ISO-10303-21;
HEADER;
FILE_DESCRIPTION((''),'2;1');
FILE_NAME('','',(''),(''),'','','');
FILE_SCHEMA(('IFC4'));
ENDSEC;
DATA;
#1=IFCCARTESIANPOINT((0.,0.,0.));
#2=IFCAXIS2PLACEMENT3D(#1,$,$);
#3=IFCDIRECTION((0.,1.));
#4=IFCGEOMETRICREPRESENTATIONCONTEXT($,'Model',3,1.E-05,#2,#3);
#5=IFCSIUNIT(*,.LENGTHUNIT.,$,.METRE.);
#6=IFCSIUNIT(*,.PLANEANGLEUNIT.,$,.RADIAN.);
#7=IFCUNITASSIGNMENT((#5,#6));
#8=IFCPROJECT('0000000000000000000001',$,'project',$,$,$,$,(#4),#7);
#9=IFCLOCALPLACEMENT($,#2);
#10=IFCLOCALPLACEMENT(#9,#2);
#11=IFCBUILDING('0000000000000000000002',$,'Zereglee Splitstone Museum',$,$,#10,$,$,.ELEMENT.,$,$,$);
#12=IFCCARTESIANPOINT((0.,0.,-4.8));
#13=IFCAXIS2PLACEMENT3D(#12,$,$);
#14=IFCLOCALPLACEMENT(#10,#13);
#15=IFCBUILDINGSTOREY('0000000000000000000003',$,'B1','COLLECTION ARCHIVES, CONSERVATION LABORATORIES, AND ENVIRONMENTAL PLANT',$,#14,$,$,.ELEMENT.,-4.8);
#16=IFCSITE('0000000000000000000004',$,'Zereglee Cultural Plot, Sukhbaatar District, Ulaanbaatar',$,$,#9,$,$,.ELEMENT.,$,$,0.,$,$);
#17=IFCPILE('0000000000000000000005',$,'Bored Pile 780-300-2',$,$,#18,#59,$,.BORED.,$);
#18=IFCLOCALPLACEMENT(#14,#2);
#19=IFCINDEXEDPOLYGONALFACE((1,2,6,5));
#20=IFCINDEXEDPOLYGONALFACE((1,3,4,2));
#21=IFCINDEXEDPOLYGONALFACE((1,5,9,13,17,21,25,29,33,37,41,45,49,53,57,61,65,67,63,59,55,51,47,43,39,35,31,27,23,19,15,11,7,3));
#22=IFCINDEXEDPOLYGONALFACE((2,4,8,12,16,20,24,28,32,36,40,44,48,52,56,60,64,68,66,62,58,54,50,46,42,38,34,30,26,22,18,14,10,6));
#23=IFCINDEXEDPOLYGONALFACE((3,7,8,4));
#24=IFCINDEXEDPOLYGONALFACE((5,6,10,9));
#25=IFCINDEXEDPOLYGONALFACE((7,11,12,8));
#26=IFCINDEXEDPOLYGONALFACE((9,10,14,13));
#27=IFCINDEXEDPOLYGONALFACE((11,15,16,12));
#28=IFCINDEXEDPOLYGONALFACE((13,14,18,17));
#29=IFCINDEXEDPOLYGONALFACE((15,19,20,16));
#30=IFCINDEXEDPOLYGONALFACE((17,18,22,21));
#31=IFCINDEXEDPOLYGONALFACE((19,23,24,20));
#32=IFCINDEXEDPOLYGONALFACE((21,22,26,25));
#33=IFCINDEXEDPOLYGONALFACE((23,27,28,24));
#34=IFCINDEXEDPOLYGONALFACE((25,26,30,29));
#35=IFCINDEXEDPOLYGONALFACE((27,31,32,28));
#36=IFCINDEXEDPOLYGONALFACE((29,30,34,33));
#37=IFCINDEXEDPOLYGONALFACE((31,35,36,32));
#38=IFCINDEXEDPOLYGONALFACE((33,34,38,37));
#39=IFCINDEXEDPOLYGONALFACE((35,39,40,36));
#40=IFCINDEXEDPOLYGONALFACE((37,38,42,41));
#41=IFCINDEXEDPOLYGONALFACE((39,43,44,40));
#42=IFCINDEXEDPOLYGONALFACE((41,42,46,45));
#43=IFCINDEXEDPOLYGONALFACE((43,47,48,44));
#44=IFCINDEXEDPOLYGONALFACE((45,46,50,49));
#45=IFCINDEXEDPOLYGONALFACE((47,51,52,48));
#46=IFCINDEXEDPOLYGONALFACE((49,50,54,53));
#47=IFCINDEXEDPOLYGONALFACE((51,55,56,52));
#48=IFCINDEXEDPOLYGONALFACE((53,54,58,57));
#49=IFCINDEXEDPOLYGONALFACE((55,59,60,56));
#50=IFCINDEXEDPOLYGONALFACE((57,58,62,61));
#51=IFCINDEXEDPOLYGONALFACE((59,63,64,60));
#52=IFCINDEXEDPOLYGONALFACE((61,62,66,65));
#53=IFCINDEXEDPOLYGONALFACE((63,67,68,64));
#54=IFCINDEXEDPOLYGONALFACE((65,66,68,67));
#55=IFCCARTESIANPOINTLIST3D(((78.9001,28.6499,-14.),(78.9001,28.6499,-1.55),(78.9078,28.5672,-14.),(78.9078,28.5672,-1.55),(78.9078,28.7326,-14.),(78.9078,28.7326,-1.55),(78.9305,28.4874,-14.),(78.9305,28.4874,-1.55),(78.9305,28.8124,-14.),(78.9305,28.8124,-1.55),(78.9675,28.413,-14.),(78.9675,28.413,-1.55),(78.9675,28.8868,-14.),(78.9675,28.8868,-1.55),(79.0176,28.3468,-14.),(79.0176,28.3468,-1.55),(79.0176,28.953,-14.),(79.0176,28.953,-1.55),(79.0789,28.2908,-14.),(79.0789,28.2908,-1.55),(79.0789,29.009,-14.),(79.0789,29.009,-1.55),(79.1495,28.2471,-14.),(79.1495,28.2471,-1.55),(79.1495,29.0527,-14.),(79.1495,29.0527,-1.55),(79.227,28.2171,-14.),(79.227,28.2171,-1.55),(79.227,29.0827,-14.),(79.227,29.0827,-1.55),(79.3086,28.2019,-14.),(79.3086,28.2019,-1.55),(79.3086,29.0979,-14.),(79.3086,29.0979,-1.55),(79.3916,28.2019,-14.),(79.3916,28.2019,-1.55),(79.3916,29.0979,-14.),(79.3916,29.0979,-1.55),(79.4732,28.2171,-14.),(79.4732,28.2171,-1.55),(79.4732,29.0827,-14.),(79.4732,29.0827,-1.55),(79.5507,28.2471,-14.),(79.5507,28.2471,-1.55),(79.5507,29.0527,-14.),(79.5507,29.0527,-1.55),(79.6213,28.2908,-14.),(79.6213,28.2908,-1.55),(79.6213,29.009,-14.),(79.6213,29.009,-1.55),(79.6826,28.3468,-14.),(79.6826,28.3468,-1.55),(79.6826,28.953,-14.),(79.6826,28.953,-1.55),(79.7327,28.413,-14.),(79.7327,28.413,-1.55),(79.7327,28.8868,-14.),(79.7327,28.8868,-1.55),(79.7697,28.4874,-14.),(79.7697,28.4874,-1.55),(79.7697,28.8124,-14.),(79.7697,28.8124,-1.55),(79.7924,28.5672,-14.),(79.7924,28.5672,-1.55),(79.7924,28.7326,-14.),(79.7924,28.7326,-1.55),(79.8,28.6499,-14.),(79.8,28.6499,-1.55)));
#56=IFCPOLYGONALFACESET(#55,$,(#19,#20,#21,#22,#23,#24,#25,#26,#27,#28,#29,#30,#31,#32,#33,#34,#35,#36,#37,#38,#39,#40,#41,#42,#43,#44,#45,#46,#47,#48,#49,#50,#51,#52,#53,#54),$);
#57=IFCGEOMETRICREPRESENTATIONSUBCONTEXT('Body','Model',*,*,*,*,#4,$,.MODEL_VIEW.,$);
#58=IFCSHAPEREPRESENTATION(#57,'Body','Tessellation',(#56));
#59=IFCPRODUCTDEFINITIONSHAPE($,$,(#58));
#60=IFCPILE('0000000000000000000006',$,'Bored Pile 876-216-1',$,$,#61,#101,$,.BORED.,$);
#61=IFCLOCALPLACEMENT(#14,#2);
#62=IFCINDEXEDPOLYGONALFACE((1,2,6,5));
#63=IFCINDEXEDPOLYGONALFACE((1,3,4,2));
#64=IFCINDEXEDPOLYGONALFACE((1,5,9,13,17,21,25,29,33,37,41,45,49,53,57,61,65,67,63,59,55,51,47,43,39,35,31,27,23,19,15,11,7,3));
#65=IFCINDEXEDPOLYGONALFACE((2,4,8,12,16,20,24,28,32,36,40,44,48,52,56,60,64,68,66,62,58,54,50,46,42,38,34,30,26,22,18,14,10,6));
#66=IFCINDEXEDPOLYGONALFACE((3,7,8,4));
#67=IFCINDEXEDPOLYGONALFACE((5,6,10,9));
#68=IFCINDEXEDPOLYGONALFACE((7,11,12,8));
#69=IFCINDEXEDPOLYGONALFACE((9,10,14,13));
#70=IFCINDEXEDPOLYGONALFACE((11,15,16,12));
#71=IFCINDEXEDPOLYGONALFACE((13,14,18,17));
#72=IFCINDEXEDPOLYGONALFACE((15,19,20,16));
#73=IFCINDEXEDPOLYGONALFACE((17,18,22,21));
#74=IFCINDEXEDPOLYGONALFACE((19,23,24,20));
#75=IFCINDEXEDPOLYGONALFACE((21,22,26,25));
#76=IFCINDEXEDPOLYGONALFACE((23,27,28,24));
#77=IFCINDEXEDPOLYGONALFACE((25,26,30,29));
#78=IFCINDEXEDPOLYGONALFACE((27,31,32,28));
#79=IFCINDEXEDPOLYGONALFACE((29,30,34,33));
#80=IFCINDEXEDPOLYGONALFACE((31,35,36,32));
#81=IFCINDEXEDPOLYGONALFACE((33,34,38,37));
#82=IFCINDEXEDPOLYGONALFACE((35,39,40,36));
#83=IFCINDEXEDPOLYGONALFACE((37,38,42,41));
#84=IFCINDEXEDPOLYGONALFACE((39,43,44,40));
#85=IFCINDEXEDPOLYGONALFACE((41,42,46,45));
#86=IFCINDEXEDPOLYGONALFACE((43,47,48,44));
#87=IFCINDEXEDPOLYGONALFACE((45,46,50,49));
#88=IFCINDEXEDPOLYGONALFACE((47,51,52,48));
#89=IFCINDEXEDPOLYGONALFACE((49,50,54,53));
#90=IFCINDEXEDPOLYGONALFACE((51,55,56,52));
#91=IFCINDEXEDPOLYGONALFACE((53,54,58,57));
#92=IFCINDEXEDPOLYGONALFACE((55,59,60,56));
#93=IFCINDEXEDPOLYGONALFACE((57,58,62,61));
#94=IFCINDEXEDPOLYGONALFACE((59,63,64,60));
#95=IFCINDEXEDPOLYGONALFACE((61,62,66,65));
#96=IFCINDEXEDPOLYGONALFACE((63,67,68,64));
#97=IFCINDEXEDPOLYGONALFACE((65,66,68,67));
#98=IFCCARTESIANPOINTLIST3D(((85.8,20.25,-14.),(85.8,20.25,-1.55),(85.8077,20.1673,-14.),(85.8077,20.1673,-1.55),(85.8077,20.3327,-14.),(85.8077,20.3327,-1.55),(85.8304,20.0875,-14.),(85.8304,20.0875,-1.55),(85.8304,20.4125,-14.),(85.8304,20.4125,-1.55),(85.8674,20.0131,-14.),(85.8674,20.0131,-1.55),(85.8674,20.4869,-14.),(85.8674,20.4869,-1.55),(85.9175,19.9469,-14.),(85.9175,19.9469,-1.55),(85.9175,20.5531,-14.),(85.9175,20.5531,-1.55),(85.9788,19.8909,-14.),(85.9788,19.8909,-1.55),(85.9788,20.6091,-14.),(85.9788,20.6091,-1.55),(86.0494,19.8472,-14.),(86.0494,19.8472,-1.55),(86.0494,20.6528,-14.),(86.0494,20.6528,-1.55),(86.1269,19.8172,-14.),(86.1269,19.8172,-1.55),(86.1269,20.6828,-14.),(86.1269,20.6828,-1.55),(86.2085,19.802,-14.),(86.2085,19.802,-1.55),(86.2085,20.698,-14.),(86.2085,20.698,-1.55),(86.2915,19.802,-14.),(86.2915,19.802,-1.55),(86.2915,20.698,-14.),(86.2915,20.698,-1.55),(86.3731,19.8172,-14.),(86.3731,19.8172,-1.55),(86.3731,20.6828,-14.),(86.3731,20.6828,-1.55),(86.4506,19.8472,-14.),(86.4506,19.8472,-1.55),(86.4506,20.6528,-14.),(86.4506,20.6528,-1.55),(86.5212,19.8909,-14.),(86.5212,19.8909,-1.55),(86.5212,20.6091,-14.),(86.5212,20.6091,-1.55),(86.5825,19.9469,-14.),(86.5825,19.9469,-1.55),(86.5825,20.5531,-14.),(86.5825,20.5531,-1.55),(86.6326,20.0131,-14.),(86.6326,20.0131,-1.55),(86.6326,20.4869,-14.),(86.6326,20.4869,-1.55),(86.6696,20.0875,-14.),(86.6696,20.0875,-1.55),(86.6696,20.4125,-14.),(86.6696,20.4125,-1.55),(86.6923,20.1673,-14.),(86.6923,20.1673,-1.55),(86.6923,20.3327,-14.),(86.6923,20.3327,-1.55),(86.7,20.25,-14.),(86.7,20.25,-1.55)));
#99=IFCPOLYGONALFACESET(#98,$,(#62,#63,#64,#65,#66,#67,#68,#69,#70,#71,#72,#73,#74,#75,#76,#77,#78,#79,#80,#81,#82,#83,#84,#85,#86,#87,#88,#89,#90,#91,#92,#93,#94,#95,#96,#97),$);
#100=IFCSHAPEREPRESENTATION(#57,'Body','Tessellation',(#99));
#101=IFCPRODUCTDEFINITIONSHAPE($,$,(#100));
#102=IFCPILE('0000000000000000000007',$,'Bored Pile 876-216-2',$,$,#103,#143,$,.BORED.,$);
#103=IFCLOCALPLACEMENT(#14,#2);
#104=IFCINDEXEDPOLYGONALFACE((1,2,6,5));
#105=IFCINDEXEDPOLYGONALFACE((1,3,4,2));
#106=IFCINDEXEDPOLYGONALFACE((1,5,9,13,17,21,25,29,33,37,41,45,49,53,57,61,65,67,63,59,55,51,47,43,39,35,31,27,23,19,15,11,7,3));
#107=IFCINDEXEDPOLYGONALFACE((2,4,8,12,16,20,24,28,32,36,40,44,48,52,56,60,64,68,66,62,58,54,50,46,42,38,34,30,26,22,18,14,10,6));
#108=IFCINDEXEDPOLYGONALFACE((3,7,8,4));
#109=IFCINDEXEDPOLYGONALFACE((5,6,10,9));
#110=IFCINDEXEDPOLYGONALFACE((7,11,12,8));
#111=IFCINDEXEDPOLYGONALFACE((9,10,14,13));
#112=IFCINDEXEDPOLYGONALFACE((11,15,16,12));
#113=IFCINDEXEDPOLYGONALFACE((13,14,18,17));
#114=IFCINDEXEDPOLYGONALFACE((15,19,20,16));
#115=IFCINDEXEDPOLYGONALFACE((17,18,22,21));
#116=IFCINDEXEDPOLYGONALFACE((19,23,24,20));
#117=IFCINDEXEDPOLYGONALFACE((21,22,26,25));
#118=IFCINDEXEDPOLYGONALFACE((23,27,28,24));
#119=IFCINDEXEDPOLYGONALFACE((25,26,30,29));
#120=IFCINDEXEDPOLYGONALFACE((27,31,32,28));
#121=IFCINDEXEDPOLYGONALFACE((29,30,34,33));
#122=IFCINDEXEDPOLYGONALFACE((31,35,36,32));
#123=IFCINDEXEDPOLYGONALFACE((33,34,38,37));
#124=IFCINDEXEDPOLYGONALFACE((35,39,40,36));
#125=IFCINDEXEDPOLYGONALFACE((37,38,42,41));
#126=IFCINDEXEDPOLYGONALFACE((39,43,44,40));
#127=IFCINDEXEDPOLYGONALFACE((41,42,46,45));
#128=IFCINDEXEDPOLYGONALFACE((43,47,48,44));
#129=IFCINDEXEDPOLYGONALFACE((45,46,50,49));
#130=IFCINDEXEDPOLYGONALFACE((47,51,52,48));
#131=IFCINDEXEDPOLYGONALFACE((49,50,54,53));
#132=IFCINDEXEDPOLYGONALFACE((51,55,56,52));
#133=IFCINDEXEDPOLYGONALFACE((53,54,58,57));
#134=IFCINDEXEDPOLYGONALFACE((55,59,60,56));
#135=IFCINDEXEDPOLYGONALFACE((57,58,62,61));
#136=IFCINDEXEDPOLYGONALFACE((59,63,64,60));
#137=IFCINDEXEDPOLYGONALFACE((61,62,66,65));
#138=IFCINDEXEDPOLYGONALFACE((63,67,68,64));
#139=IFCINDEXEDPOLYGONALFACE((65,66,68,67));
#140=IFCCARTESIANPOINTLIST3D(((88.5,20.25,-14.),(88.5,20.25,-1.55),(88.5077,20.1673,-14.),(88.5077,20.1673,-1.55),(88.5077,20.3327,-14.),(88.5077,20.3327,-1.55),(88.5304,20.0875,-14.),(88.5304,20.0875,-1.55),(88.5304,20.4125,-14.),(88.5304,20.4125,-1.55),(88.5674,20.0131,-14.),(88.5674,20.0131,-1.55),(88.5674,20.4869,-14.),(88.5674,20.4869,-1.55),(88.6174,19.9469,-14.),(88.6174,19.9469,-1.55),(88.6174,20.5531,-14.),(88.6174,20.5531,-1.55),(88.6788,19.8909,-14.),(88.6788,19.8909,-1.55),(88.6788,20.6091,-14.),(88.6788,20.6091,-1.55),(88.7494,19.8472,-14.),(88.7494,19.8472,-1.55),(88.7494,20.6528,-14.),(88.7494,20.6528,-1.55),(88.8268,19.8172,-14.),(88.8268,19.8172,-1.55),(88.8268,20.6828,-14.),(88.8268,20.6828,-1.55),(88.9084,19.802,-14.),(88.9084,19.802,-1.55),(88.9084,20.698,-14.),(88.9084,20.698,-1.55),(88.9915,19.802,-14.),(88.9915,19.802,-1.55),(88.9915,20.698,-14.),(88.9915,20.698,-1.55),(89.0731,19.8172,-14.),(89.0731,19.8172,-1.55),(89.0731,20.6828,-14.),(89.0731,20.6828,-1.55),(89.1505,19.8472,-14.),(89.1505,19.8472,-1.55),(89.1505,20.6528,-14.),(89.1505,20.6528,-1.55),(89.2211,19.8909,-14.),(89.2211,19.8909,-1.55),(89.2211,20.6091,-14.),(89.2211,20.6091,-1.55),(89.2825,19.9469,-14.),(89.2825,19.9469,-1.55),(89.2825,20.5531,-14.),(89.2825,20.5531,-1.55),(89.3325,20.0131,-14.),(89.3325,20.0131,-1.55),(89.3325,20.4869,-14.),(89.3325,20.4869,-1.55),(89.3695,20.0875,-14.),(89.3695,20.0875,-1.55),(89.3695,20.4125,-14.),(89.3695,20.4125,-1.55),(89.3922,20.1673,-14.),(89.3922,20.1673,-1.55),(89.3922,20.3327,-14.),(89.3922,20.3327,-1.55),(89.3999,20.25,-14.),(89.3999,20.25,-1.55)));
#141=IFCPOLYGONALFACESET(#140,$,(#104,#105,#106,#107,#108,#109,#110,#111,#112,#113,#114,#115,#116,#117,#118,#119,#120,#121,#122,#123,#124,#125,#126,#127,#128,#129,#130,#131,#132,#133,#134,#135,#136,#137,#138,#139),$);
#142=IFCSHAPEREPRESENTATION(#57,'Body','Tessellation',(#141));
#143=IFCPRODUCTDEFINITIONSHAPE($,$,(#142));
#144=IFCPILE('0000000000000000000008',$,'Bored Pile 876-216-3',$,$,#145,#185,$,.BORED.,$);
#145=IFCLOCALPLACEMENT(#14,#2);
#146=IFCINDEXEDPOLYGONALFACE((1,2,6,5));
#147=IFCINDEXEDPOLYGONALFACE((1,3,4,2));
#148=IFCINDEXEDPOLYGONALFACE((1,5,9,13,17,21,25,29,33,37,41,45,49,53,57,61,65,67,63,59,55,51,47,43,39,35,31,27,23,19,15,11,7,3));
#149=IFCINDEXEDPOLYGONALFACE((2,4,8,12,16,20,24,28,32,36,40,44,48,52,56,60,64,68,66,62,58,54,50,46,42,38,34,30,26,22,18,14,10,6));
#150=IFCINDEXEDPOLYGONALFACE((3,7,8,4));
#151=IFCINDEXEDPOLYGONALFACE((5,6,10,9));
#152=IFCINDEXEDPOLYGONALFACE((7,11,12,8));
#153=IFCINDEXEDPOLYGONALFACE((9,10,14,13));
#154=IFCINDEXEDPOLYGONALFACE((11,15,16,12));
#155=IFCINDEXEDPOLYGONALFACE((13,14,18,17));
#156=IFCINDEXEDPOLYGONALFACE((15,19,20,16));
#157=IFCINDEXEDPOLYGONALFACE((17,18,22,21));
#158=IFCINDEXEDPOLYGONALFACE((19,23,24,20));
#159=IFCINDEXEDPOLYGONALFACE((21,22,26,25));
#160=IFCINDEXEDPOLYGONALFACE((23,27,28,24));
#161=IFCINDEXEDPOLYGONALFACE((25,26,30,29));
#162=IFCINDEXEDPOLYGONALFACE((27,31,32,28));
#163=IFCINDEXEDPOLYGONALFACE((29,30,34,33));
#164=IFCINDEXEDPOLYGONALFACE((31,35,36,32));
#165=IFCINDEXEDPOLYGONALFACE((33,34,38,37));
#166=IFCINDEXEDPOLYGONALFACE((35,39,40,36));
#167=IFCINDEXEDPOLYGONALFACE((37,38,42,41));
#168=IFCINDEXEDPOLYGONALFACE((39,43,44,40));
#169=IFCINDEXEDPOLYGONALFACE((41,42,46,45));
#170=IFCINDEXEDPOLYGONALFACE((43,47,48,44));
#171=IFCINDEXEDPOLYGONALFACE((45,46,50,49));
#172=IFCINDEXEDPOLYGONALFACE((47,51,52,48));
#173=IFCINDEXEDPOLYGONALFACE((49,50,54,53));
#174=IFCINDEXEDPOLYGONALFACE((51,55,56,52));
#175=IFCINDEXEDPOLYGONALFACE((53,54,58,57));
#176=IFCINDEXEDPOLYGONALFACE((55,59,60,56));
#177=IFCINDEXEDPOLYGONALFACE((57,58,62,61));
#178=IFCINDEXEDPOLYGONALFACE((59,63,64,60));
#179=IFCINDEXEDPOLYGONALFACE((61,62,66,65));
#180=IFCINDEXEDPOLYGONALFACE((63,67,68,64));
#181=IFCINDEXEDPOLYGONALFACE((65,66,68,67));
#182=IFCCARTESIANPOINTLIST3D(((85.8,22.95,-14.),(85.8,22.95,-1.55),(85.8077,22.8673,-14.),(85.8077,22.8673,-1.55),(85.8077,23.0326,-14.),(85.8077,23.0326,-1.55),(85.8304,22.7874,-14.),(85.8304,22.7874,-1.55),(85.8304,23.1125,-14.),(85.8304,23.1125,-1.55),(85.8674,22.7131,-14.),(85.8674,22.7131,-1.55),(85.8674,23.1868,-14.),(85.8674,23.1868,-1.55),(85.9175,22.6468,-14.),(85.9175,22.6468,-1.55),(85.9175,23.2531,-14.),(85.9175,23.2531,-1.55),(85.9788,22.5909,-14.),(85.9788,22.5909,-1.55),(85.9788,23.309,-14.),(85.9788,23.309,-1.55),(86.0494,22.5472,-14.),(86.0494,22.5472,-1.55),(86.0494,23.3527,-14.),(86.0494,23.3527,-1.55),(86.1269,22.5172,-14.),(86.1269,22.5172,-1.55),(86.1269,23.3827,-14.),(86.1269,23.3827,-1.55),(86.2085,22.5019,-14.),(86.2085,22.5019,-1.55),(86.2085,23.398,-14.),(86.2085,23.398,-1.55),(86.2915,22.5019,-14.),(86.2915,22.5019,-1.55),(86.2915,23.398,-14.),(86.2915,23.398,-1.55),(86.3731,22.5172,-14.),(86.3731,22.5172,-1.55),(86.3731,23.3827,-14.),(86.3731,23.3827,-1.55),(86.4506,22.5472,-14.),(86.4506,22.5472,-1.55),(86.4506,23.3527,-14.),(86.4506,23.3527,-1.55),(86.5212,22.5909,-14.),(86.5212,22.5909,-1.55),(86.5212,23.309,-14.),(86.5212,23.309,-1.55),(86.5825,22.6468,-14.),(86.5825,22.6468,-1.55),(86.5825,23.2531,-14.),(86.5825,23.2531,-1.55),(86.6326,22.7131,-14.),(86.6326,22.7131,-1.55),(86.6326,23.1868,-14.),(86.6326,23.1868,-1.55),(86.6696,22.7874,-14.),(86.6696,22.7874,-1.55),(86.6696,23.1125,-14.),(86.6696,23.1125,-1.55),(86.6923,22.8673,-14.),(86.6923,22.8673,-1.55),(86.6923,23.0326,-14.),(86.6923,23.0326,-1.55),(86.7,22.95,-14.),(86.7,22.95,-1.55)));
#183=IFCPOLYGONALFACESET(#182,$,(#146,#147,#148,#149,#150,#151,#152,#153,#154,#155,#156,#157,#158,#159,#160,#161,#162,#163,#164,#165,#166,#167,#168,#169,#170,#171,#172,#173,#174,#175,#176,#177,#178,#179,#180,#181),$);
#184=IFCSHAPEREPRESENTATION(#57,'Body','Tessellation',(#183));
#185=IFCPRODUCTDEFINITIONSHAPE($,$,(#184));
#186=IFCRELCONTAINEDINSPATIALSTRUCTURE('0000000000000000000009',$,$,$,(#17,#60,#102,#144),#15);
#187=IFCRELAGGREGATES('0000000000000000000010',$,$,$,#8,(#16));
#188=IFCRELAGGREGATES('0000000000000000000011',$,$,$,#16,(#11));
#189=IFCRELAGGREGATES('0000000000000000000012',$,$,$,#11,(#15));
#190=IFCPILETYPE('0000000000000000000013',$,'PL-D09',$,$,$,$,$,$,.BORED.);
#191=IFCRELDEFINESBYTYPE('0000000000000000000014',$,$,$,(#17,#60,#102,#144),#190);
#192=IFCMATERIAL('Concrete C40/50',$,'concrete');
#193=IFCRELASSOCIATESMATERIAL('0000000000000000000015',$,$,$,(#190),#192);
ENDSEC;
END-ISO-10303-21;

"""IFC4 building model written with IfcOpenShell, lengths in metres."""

from ifc_helpers import new_model, si_unit, direction, frame, origin, origin_2d, place, context, subcontext, project, spatial, circle, extrude, material, material_profile, profile_set, type_object, element, save


model = new_model("IFC4")

# Units and contexts
model_context = context("Model", 3, precision=1e-05, world=origin(), true_north=direction((0.0, 1.0)))
body_context = subcontext(model_context, "Body", "Model", "MODEL_VIEW")
ifc_project = project(units=[si_unit("LENGTHUNIT", "METRE"), si_unit("PLANEANGLEUNIT", "RADIAN")], contexts=[model_context])

# Site, building, storey
site_placement = place(None, origin())
site = spatial("IfcSite", under=ifc_project, at=site_placement, Name="Zereglee Cultural Plot, Sukhbaatar District, Ulaanbaatar", CompositionType="ELEMENT", RefElevation=0.0)
building_placement = place(site_placement, origin())
building = spatial("IfcBuilding", under=site, at=building_placement, Name="Zereglee Splitstone Museum", CompositionType="ELEMENT")
storey_placement = place(building_placement, frame((0.0, 0.0, -4.8)))
storey = spatial("IfcBuildingStorey", under=building, at=storey_placement, Name="B1", Description="COLLECTION ARCHIVES, CONSERVATION LABORATORIES, AND ENVIRONMENTAL PLANT", CompositionType="ELEMENT", Elevation=-4.8)

# Shared definitions
ifc_material_1 = material(Name="Concrete C40/50", Category="concrete")

# Piles
ifc_material_profile_1 = material_profile(ifc_material_1, circle(Radius=0.45, at=origin_2d()), Name="PILE D900")
ifc_profile_set_1 = profile_set([ifc_material_profile_1], Name="Concrete C40/50")
pile_type = type_object("IfcPileType", Name="PL-D09", PredefinedType="BORED", material=ifc_profile_set_1)
for number, where, z_axis, x_axis, name in (
    (1, (79.3501, 28.6499, -1.55), (0.0, 0.0, -1.0), (1.0, 0.0, 0.0), "Bored Pile 780-300-2"),
    (2, (86.25, 20.25, -1.55), (0.0, 0.0, -1.0), (1.0, 0.0, 0.0), "Bored Pile 876-216-1"),
    (3, (88.95, 20.25, -1.55), (0.0, 0.0, -1.0), (1.0, 0.0, 0.0), "Bored Pile 876-216-2"),
    (4, (86.25, 22.95, -1.55), (0.0, 0.0, -1.0), (1.0, 0.0, 0.0), "Bored Pile 876-216-3"),
):
    element("IfcPile", number, at=place(storey_placement, frame(where, z_axis=z_axis, x_axis=x_axis)), inside=storey, type_object=pile_type, Name=name, PredefinedType="BORED", context=body_context, shape_type="SweptSolid", body=[
        extrude(circle(Radius=0.45, at=origin_2d()), origin(), (0.0, 0.0, 1.0), 12.45),
    ])

save(model, "model.ifc")
